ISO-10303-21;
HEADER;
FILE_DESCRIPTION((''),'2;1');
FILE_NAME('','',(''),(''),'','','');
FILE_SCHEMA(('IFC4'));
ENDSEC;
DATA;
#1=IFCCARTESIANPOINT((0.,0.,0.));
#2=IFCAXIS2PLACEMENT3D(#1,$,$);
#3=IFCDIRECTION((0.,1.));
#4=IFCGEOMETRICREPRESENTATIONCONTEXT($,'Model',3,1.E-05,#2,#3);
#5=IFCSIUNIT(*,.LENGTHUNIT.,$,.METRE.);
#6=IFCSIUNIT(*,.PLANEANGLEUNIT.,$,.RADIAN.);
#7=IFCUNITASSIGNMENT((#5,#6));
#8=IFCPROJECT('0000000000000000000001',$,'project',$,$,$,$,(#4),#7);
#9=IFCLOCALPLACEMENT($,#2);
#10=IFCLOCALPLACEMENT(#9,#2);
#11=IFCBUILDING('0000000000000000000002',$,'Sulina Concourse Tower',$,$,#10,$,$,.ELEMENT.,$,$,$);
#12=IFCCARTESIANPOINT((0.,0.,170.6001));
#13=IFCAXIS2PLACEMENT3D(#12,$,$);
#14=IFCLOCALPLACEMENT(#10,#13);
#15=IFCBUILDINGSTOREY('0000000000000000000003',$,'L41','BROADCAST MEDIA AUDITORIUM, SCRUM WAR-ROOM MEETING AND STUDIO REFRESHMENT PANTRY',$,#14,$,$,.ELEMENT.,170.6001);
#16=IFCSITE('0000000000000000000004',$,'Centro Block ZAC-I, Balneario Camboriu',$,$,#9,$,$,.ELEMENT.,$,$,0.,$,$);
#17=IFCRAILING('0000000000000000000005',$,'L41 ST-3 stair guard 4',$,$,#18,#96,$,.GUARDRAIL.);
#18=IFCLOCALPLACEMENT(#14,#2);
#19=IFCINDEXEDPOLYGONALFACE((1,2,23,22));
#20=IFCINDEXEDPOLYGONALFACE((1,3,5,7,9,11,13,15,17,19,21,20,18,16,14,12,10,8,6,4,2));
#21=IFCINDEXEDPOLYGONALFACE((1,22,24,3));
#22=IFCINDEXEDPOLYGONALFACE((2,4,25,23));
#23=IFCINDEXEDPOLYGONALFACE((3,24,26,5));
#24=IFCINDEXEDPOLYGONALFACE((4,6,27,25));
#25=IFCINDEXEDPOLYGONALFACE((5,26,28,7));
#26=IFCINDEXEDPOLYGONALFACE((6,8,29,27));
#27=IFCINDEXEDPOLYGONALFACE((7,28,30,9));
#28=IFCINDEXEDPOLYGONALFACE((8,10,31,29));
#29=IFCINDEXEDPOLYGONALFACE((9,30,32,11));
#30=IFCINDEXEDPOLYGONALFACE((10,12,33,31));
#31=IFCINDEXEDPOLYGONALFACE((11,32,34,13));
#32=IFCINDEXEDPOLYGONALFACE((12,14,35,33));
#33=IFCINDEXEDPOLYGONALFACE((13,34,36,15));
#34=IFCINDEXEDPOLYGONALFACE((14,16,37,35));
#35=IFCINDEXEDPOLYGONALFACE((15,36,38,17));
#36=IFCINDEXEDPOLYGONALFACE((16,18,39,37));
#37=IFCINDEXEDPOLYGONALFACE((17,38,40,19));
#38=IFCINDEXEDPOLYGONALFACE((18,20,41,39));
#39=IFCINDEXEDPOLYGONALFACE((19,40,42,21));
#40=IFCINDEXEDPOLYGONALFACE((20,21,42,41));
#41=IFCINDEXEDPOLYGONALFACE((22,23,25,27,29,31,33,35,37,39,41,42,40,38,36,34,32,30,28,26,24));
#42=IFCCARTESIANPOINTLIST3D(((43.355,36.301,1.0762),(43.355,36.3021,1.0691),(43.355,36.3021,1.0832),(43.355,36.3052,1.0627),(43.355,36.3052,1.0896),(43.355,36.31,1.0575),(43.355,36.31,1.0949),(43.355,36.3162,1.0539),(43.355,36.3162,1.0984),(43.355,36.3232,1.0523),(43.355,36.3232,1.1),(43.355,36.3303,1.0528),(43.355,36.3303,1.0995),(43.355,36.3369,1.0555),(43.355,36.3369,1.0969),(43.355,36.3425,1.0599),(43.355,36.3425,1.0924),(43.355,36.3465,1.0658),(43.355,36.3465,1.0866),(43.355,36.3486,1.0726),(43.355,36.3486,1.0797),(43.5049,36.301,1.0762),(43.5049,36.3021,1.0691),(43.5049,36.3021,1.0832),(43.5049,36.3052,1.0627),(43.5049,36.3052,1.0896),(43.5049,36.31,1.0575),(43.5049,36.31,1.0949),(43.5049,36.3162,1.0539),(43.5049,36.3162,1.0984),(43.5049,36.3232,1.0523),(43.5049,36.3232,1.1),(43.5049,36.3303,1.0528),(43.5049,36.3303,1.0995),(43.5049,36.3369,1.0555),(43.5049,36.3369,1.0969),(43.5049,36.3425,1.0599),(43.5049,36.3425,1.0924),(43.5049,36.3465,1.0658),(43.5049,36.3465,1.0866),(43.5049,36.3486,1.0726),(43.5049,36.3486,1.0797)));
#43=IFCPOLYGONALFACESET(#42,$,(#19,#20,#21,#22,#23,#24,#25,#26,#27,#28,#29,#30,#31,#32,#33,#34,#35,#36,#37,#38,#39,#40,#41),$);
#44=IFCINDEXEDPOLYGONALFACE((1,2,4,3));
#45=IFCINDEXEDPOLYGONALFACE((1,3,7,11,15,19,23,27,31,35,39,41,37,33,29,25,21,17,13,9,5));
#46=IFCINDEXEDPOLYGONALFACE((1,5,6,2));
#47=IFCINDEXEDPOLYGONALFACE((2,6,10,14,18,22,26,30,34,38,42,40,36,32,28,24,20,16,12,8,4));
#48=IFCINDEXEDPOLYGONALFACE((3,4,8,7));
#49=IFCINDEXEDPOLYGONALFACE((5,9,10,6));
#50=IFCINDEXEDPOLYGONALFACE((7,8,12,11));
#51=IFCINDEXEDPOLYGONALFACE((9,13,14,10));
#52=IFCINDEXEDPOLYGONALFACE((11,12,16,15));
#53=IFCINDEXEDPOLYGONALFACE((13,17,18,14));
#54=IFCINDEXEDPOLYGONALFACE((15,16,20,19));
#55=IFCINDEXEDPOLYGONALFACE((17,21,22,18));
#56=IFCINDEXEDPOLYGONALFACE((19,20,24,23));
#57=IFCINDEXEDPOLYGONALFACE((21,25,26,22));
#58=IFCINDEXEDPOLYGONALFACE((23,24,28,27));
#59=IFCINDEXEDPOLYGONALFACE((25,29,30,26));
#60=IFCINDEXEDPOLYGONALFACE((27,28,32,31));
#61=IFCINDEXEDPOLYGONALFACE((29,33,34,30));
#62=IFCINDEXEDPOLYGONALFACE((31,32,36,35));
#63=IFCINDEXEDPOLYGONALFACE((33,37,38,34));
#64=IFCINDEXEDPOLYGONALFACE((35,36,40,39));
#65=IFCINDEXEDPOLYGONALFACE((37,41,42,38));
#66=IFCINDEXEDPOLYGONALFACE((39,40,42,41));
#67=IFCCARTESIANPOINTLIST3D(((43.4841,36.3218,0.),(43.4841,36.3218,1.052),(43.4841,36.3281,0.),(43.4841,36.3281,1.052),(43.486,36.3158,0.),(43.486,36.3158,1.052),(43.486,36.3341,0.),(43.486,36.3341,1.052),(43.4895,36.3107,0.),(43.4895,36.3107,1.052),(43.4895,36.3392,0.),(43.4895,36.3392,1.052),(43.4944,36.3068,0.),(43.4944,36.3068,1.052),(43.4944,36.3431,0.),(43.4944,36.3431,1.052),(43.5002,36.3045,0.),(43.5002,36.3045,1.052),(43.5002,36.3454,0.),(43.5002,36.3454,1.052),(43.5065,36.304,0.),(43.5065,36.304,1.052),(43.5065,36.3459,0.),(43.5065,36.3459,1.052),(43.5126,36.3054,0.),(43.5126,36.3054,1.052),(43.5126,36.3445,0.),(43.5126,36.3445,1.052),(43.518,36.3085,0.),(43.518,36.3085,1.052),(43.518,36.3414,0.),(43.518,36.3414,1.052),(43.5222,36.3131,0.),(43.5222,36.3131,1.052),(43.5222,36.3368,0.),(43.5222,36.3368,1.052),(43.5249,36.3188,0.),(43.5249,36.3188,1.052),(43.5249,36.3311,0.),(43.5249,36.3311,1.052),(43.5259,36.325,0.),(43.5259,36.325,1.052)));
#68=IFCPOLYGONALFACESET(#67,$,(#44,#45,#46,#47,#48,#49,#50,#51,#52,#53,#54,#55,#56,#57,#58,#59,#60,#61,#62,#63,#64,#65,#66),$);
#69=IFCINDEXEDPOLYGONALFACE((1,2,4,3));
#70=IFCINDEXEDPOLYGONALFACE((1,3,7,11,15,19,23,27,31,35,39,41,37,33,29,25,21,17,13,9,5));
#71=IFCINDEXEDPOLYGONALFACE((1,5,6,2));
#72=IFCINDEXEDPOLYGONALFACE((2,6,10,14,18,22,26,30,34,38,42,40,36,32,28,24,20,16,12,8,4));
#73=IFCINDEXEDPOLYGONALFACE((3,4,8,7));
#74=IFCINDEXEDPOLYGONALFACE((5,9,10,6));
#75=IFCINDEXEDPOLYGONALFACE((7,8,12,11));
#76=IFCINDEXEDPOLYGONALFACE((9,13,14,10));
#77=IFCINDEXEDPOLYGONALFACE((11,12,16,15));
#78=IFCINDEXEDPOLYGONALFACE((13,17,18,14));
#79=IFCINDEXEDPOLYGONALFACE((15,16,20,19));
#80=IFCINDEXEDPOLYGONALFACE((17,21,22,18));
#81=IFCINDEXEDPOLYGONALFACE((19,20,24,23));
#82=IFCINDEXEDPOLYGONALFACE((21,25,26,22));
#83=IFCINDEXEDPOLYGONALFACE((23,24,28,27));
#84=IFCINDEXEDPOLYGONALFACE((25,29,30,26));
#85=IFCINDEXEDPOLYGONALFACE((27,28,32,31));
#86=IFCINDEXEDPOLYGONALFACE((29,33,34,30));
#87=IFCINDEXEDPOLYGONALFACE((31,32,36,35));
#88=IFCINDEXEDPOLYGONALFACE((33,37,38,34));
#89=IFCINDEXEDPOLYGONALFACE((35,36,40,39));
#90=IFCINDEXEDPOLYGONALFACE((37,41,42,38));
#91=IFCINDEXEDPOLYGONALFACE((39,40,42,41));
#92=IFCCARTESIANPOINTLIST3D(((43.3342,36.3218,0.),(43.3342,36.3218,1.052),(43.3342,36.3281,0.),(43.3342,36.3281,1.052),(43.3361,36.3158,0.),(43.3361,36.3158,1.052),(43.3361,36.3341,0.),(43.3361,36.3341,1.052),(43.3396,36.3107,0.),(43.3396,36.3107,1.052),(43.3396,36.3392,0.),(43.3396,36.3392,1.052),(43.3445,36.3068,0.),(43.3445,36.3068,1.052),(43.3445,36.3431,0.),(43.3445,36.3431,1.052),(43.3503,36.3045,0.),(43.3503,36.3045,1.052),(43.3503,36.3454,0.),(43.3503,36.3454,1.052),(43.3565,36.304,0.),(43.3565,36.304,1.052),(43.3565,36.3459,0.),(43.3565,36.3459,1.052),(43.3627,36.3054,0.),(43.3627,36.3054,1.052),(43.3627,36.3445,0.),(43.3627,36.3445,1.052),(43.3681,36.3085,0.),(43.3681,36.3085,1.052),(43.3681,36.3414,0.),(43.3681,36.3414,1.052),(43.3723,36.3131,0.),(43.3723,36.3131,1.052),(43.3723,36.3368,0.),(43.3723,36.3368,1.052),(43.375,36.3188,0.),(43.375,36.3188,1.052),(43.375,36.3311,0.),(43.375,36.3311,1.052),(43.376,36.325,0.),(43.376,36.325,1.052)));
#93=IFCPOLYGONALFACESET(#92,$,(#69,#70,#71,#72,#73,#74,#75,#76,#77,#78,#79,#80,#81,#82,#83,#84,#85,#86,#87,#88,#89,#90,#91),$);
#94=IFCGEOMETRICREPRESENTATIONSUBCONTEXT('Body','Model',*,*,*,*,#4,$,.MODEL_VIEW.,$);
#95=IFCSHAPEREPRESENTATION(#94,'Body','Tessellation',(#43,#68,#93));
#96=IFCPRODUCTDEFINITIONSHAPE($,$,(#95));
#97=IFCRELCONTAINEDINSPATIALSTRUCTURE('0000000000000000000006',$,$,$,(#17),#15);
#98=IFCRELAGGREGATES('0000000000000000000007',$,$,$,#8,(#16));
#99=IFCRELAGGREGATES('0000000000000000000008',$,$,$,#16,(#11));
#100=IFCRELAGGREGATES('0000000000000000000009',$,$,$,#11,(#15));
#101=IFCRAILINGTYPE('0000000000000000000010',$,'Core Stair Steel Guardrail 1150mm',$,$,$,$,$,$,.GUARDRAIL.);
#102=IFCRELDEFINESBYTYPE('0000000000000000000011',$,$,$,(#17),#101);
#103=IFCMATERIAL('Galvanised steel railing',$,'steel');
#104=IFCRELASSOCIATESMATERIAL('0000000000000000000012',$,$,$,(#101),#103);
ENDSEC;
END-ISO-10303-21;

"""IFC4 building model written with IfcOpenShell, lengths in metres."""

from ifc_helpers import new_model, si_unit, direction, frame, origin, origin_2d, place, context, subcontext, project, spatial, circle, extrude, material, type_object, element, save


model = new_model("IFC4")

# Units and contexts
model_context = context("Model", 3, precision=1e-05, world=origin(), true_north=direction((0.0, 1.0)))
body_context = subcontext(model_context, "Body", "Model", "MODEL_VIEW")
ifc_project = project(units=[si_unit("LENGTHUNIT", "METRE"), si_unit("PLANEANGLEUNIT", "RADIAN")], contexts=[model_context])

# Site, building, storey
site_placement = place(None, origin())
site = spatial("IfcSite", under=ifc_project, at=site_placement, Name="Centro Block ZAC-I, Balneario Camboriu", CompositionType="ELEMENT", RefElevation=0.0)
building_placement = place(site_placement, origin())
building = spatial("IfcBuilding", under=site, at=building_placement, Name="Sulina Concourse Tower", CompositionType="ELEMENT")
storey_placement = place(building_placement, frame((0.0, 0.0, 170.6001)))
storey = spatial("IfcBuildingStorey", under=building, at=storey_placement, Name="L41", Description="BROADCAST MEDIA AUDITORIUM, SCRUM WAR-ROOM MEETING AND STUDIO REFRESHMENT PANTRY", CompositionType="ELEMENT", Elevation=170.6001)

# Railing
ifc_material_1 = material(Name="Galvanised steel railing", Category="steel")
railing_type_1 = type_object("IfcRailingType", Name="Core Stair Steel Guardrail 1150mm", PredefinedType="GUARDRAIL", material=ifc_material_1)
railing_1_placement = place(storey_placement, frame((43.5049, 36.325, 0.0)))
element("IfcRailing", 1, at=railing_1_placement, inside=storey, type_object=railing_type_1, Name="L41 ST-3 stair guard 4", PredefinedType="GUARDRAIL", context=body_context, shape_type="SweptSolid", body=[
    extrude(circle(Radius=0.0239, at=origin_2d()), frame((0.0, 0.0, 1.0762), z_axis=(-1.0, 0.0, 0.0), x_axis=(0.0, -1.0, 0.0)), (0.0, 0.0, 1.0), 0.1499),
    extrude(circle(Radius=0.021, at=origin_2d()), origin(), (0.0, 0.0, 1.0), 1.052),
    extrude(circle(Radius=0.021, at=origin_2d()), frame((-0.1499, 0.0, 0.0)), (0.0, 0.0, 1.0), 1.052),
])

save(model, "model.ifc")
